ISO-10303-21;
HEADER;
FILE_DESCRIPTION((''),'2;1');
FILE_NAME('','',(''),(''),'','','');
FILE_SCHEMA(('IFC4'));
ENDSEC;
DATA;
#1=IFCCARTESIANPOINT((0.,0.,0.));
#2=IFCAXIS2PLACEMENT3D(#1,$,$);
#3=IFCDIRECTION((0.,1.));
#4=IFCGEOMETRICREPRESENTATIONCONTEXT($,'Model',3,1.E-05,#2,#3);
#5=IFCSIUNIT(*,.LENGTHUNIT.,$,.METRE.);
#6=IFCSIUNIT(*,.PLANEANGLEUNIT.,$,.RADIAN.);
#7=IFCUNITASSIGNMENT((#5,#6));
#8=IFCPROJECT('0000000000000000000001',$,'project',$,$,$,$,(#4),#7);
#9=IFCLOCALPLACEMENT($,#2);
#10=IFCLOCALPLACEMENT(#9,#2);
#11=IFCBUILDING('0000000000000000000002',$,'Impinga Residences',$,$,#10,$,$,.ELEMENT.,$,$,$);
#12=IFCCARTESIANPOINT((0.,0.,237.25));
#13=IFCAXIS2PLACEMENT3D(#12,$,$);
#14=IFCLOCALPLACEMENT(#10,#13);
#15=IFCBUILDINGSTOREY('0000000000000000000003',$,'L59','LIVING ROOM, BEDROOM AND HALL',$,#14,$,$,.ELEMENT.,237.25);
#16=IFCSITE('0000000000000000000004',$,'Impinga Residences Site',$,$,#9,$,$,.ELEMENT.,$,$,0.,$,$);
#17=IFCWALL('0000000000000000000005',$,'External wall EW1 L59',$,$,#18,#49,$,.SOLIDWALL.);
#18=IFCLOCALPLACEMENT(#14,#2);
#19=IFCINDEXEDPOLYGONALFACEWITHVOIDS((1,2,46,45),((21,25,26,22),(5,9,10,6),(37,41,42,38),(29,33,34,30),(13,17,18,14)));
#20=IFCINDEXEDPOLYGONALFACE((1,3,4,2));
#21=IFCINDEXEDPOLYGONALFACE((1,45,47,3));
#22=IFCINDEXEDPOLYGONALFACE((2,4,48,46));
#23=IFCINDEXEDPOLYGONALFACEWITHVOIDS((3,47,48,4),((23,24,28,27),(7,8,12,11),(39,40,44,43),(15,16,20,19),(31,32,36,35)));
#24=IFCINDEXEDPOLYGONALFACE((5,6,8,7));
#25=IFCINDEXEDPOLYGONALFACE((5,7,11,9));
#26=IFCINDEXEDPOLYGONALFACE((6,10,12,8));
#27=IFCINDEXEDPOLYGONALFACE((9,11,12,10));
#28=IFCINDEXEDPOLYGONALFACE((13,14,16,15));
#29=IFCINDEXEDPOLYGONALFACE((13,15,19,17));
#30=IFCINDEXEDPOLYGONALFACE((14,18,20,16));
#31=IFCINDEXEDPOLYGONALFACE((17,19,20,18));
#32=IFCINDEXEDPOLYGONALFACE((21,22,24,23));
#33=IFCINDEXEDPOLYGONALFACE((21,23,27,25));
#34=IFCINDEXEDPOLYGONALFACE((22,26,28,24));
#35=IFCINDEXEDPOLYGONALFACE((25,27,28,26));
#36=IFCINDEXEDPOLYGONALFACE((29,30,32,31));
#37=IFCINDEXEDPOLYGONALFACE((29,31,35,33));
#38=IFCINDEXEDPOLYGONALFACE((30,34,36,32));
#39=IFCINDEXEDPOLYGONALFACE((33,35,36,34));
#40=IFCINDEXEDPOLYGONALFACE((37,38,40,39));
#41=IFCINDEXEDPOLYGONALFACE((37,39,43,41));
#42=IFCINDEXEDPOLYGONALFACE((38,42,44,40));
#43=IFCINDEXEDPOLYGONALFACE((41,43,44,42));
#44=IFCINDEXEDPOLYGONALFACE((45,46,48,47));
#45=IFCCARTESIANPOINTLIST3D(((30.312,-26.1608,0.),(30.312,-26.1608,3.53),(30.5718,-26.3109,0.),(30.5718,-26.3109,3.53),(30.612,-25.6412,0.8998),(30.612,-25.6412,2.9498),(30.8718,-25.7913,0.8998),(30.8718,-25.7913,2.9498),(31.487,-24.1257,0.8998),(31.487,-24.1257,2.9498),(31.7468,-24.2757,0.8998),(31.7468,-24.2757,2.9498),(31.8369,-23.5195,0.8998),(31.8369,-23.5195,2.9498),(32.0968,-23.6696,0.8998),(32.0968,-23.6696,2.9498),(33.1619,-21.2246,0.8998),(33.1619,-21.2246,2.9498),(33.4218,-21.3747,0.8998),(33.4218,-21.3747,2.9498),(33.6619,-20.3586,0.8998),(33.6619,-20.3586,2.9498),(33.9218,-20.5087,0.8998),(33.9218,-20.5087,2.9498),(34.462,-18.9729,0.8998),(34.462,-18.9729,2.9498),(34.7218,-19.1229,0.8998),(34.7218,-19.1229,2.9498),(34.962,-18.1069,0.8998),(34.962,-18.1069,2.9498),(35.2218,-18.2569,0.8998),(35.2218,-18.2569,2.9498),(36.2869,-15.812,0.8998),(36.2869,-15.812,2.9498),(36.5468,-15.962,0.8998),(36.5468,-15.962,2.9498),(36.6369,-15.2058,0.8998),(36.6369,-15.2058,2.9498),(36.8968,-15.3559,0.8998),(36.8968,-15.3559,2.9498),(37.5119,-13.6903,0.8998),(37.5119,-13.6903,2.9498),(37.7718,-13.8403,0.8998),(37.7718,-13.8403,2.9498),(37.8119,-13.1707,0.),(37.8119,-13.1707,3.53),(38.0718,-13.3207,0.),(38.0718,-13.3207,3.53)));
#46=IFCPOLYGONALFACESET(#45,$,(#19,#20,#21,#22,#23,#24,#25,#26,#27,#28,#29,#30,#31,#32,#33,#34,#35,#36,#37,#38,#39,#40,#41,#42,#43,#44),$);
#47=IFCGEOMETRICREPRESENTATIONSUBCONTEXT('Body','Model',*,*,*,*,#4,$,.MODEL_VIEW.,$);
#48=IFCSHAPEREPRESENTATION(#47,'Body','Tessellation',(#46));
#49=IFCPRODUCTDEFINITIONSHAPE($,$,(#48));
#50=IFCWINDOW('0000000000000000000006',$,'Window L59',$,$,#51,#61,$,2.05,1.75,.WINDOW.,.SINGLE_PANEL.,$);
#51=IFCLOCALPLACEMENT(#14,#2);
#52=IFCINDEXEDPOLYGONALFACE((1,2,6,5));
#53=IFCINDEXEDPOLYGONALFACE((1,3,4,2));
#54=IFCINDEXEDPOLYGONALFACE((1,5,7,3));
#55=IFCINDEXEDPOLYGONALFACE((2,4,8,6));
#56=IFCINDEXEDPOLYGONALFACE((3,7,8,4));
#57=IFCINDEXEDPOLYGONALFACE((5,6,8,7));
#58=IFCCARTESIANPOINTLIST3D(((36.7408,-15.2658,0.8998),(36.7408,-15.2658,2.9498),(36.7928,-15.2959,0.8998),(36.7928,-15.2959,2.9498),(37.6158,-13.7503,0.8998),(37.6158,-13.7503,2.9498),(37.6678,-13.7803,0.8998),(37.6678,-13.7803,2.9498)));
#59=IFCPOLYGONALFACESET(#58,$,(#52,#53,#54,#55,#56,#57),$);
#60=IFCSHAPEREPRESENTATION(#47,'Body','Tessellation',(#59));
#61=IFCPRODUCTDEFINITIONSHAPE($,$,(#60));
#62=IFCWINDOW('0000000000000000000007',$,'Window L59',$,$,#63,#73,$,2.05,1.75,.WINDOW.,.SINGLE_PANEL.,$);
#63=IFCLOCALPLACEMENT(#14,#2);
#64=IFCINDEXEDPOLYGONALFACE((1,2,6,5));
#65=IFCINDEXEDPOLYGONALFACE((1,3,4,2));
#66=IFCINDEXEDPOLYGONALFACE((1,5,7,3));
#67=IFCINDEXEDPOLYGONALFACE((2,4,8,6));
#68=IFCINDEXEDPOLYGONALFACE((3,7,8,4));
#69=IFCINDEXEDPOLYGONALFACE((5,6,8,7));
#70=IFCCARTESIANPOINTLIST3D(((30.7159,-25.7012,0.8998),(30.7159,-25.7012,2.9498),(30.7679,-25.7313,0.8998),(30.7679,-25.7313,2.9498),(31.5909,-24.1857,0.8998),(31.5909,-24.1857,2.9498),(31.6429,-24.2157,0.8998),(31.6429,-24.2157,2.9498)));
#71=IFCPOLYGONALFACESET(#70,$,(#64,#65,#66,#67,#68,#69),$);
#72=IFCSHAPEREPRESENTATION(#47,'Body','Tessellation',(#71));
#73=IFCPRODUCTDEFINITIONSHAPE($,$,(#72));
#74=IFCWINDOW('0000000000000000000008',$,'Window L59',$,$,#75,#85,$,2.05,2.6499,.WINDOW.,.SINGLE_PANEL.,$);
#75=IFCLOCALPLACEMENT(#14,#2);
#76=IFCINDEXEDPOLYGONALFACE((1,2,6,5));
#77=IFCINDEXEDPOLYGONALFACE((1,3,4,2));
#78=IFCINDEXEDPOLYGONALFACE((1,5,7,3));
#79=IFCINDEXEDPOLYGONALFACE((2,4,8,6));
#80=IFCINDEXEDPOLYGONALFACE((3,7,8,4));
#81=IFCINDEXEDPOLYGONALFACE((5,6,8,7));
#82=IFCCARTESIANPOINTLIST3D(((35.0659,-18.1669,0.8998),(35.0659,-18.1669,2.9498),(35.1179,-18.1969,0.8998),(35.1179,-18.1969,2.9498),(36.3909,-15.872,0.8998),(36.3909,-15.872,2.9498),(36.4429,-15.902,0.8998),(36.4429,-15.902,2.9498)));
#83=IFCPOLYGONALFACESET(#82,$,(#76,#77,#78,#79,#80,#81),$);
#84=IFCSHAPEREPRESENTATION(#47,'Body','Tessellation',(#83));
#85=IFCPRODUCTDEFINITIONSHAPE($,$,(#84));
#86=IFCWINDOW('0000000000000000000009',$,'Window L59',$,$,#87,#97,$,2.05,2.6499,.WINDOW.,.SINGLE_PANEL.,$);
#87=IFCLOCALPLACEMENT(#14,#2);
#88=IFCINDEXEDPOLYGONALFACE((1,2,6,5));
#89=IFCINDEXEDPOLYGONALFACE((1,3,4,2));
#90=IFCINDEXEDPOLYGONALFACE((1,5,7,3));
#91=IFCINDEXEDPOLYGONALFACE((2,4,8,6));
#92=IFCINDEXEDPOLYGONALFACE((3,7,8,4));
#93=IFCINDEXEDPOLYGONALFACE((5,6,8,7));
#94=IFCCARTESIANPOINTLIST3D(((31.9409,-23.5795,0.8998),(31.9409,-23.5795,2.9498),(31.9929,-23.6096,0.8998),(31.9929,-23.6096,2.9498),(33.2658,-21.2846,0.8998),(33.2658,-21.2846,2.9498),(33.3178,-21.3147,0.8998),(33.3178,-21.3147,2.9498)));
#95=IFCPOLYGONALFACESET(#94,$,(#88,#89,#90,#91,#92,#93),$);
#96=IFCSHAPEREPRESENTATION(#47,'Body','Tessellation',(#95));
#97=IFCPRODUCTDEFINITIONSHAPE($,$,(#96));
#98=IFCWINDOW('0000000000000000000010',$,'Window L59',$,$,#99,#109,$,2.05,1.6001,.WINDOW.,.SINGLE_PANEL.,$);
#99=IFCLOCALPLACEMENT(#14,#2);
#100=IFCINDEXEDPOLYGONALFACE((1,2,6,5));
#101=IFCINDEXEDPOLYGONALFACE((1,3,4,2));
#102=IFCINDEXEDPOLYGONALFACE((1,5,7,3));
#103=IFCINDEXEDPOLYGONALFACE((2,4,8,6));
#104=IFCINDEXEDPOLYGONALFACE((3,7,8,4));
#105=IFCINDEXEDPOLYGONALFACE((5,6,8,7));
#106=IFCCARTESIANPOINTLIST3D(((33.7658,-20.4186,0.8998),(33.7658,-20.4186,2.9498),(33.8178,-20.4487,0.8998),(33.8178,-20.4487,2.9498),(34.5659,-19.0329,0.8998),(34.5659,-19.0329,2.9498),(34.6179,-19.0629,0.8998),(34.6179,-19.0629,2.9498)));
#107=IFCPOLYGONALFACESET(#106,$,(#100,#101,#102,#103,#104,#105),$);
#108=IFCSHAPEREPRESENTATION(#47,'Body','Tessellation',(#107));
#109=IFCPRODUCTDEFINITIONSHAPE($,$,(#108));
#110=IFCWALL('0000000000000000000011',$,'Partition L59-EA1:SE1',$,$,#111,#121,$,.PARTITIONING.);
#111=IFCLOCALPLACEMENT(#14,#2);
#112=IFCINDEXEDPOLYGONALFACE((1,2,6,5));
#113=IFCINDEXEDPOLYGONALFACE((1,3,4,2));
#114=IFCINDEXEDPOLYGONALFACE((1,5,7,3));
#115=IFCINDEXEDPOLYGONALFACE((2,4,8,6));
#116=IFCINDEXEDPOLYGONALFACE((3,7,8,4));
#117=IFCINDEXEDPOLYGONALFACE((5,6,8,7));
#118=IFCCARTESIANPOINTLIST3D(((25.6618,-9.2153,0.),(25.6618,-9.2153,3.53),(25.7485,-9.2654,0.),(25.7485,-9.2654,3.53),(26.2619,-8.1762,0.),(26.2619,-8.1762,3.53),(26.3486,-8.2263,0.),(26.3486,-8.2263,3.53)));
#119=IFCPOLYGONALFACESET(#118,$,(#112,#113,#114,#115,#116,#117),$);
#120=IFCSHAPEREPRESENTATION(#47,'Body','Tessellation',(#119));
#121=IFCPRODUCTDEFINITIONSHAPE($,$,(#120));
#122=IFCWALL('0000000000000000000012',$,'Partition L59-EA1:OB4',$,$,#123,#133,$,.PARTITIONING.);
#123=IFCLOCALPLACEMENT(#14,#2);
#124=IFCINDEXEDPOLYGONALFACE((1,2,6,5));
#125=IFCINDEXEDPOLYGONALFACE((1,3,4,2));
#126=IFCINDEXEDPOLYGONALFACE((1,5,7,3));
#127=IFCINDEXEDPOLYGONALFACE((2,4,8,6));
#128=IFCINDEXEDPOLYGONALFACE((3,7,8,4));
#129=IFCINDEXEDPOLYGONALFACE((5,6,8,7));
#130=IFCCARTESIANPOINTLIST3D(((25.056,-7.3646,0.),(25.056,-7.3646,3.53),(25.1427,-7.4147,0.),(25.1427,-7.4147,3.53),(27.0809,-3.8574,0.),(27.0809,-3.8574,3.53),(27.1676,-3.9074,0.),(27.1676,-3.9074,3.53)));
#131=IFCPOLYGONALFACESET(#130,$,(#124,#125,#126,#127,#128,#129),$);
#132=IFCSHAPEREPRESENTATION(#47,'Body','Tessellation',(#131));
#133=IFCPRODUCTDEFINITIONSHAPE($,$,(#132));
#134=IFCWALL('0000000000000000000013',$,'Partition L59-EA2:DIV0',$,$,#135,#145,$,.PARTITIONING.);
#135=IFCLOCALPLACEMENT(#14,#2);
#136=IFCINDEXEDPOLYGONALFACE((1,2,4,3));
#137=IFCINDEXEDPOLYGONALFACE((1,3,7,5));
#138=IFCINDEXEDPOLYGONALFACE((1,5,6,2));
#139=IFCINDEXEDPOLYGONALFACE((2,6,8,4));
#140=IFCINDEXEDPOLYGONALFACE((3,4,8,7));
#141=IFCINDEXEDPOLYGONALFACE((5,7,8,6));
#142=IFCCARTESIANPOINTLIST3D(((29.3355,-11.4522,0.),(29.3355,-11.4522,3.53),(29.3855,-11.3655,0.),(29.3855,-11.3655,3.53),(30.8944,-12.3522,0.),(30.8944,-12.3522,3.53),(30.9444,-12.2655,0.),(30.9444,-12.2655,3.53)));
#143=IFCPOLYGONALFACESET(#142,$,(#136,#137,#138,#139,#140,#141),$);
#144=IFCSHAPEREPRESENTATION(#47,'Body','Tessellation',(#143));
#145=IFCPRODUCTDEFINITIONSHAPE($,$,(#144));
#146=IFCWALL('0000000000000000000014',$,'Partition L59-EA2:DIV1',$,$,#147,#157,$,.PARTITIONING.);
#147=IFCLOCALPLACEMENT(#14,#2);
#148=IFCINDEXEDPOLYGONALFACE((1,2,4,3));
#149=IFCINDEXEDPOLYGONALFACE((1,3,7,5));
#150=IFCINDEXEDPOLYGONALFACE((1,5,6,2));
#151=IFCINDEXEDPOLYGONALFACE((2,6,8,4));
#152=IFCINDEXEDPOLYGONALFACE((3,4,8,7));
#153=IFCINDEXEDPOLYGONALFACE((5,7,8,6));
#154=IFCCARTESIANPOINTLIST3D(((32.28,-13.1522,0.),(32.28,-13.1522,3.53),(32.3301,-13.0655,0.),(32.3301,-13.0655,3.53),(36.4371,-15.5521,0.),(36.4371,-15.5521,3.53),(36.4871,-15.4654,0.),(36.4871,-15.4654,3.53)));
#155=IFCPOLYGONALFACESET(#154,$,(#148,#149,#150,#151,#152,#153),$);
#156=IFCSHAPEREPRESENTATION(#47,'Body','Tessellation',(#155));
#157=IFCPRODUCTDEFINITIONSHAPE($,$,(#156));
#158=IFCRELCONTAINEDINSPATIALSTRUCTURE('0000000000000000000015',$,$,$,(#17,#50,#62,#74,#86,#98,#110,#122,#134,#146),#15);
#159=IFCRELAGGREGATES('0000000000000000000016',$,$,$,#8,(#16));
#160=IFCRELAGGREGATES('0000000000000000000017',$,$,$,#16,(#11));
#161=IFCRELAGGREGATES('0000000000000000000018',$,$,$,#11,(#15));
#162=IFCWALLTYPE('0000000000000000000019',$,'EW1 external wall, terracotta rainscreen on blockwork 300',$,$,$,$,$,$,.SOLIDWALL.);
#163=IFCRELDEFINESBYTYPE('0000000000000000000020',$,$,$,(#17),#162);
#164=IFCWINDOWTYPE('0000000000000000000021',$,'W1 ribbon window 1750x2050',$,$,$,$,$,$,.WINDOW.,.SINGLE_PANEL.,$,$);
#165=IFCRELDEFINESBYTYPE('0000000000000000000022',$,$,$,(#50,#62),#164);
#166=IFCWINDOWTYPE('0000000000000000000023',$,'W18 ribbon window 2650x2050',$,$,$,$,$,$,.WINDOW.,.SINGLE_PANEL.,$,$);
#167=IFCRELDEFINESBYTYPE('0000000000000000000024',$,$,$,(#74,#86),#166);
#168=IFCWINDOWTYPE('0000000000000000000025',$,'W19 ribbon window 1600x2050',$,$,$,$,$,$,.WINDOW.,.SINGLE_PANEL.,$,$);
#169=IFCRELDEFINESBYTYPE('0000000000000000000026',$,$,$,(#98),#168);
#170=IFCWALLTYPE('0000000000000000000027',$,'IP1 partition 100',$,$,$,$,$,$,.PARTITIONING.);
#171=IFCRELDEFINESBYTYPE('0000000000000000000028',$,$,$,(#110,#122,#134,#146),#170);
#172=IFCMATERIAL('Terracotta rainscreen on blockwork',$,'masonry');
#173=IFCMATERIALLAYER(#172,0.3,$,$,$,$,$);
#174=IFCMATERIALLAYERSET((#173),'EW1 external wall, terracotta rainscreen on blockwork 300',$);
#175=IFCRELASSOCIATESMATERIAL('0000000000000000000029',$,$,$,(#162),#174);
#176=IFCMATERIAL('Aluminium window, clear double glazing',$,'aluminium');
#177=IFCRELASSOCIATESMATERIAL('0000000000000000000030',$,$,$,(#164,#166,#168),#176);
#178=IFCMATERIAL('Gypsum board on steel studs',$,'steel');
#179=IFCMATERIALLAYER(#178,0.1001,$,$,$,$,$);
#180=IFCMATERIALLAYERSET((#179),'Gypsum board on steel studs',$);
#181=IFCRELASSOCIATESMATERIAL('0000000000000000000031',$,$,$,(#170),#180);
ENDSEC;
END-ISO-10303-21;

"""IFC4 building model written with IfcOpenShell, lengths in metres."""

from ifc_helpers import new_model, si_unit, direction, frame, frame_2d, origin, place, context, subcontext, project, spatial, rectangle, extrude, material, layer, layer_set, type_object, element, fill, save


model = new_model("IFC4")

# Units and contexts
model_context = context("Model", 3, precision=1e-05, world=origin(), true_north=direction((0.0, 1.0)))
body_context = subcontext(model_context, "Body", "Model", "MODEL_VIEW")
ifc_project = project(units=[si_unit("LENGTHUNIT", "METRE"), si_unit("PLANEANGLEUNIT", "RADIAN")], contexts=[model_context])

# Site, building, storey
site_placement = place(None, origin())
site = spatial("IfcSite", under=ifc_project, at=site_placement, Name="Impinga Residences Site", CompositionType="ELEMENT", RefElevation=0.0)
building_placement = place(site_placement, origin())
building = spatial("IfcBuilding", under=site, at=building_placement, Name="Impinga Residences", CompositionType="ELEMENT")
storey_placement = place(building_placement, frame((0.0, 0.0, 237.25)))
storey = spatial("IfcBuildingStorey", under=building, at=storey_placement, Name="L59", Description="LIVING ROOM, BEDROOM AND HALL", CompositionType="ELEMENT", Elevation=237.25)

# Shared definitions
ifc_material_1 = material(Name="Terracotta rainscreen on blockwork", Category="masonry")
ifc_layer_1 = layer(ifc_material_1, 0.3)
ifc_layer_set_1 = layer_set([ifc_layer_1], Name="EW1 external wall, terracotta rainscreen on blockwork 300")
wall_type_1 = type_object("IfcWallType", Name="EW1 external wall, terracotta rainscreen on blockwork 300", PredefinedType="SOLIDWALL", material=ifc_layer_set_1)

# Wall, openings, windows
wall_1_placement = place(storey_placement, frame((37.9419, -13.2456, 0.0), z_axis=(0.0, 0.0, 1.0), x_axis=(-0.500004, -0.866023, 0.0)))
wall_1 = element("IfcWall", 1, at=wall_1_placement, inside=storey, type_object=wall_type_1, Name="External wall EW1 L59", PredefinedType="SOLIDWALL", context=body_context, shape_type="SweptSolid", body=[
    extrude(rectangle(XDim=14.9998, YDim=0.3, at=frame_2d((7.5, 0.0))), origin(), (0.0, 0.0, 1.0), 3.53),
])
opening_1_placement = place(wall_1_placement, frame((0.6001, 0.0, 0.8999)))
opening_1 = element("IfcOpeningElement", 2, at=opening_1_placement, cuts=wall_1, PredefinedType="OPENING", context=body_context, shape_type="SweptSolid", body=[
    extrude(rectangle(XDim=1.75, YDim=2.05, at=frame_2d((0.875, 1.0249))), frame((0.0, 0.1599, 0.0), z_axis=(0.0, -1.0, 0.0), x_axis=(1.0, 0.0, 0.0)), (0.0, 0.0, 1.0), 0.3201),
])
opening_2_placement = place(wall_1_placement, frame((3.05, 0.0, 0.8999)))
opening_2 = element("IfcOpeningElement", 3, at=opening_2_placement, cuts=wall_1, PredefinedType="OPENING", context=body_context, shape_type="SweptSolid", body=[
    extrude(rectangle(XDim=2.6499, YDim=2.05, at=frame_2d((1.325, 1.0249))), frame((0.0, 0.1599, 0.0), z_axis=(0.0, -1.0, 0.0), x_axis=(1.0, 0.0, 0.0)), (0.0, 0.0, 1.0), 0.3201),
])
opening_3_placement = place(wall_1_placement, frame((6.7, 0.0, 0.8999)))
opening_3 = element("IfcOpeningElement", 4, at=opening_3_placement, cuts=wall_1, PredefinedType="OPENING", context=body_context, shape_type="SweptSolid", body=[
    extrude(rectangle(XDim=1.6001, YDim=2.05, at=frame_2d((0.8, 1.0249))), frame((0.0, 0.1599, 0.0), z_axis=(0.0, -1.0, 0.0), x_axis=(1.0, 0.0, 0.0)), (0.0, 0.0, 1.0), 0.3201),
])
opening_4_placement = place(wall_1_placement, frame((9.3, 0.0, 0.8999)))
opening_4 = element("IfcOpeningElement", 5, at=opening_4_placement, cuts=wall_1, PredefinedType="OPENING", context=body_context, shape_type="SweptSolid", body=[
    extrude(rectangle(XDim=2.6499, YDim=2.05, at=frame_2d((1.325, 1.0249))), frame((0.0, 0.1599, 0.0), z_axis=(0.0, -1.0, 0.0), x_axis=(1.0, 0.0, 0.0)), (0.0, 0.0, 1.0), 0.3201),
])
opening_5_placement = place(wall_1_placement, frame((12.6499, 0.0, 0.8999)))
opening_5 = element("IfcOpeningElement", 6, at=opening_5_placement, cuts=wall_1, PredefinedType="OPENING", context=body_context, shape_type="SweptSolid", body=[
    extrude(rectangle(XDim=1.75, YDim=2.05, at=frame_2d((0.875, 1.0249))), frame((0.0, 0.1599, 0.0), z_axis=(0.0, -1.0, 0.0), x_axis=(1.0, 0.0, 0.0)), (0.0, 0.0, 1.0), 0.3201),
])
ifc_material_2 = material(Name="Aluminium window, clear double glazing", Category="aluminium")
window_type_1 = type_object("IfcWindowType", Name="W1 ribbon window 1750x2050", PartitioningType="SINGLE_PANEL", PredefinedType="WINDOW", material=ifc_material_2)
window_1_placement = place(opening_1_placement, origin())
window_1 = element("IfcWindow", 7, at=window_1_placement, inside=storey, type_object=window_type_1, Name="Window L59", OverallHeight=2.05, OverallWidth=1.75, PartitioningType="SINGLE_PANEL", PredefinedType="WINDOW", context=body_context, shape_type="SweptSolid", body=[
    extrude(rectangle(XDim=1.75, YDim=2.05, at=frame_2d((0.875, 1.0249))), frame((0.0, 0.03, 0.0), z_axis=(0.0, -1.0, 0.0), x_axis=(1.0, 0.0, 0.0)), (0.0, 0.0, 1.0), 0.0601),
])
fill(opening_1, window_1)
window_2_placement = place(opening_5_placement, origin())
window_2 = element("IfcWindow", 8, at=window_2_placement, inside=storey, type_object=window_type_1, Name="Window L59", OverallHeight=2.05, OverallWidth=1.75, PartitioningType="SINGLE_PANEL", PredefinedType="WINDOW", context=body_context, shape_type="SweptSolid", body=[
    extrude(rectangle(XDim=1.75, YDim=2.05, at=frame_2d((0.875, 1.0249))), frame((0.0, 0.03, 0.0), z_axis=(0.0, -1.0, 0.0), x_axis=(1.0, 0.0, 0.0)), (0.0, 0.0, 1.0), 0.0601),
])
fill(opening_5, window_2)
window_type_2 = type_object("IfcWindowType", Name="W18 ribbon window 2650x2050", PartitioningType="SINGLE_PANEL", PredefinedType="WINDOW", material=ifc_material_2)
window_3_placement = place(opening_2_placement, origin())
window_3 = element("IfcWindow", 9, at=window_3_placement, inside=storey, type_object=window_type_2, Name="Window L59", OverallHeight=2.05, OverallWidth=2.6499, PartitioningType="SINGLE_PANEL", PredefinedType="WINDOW", context=body_context, shape_type="SweptSolid", body=[
    extrude(rectangle(XDim=2.6499, YDim=2.05, at=frame_2d((1.325, 1.0249))), frame((0.0, 0.03, 0.0), z_axis=(0.0, -1.0, 0.0), x_axis=(1.0, 0.0, 0.0)), (0.0, 0.0, 1.0), 0.0601),
])
fill(opening_2, window_3)
window_4_placement = place(opening_4_placement, origin())
window_4 = element("IfcWindow", 10, at=window_4_placement, inside=storey, type_object=window_type_2, Name="Window L59", OverallHeight=2.05, OverallWidth=2.6499, PartitioningType="SINGLE_PANEL", PredefinedType="WINDOW", context=body_context, shape_type="SweptSolid", body=[
    extrude(rectangle(XDim=2.6499, YDim=2.05, at=frame_2d((1.325, 1.0249))), frame((0.0, 0.03, 0.0), z_axis=(0.0, -1.0, 0.0), x_axis=(1.0, 0.0, 0.0)), (0.0, 0.0, 1.0), 0.0601),
])
fill(opening_4, window_4)
window_type_3 = type_object("IfcWindowType", Name="W19 ribbon window 1600x2050", PartitioningType="SINGLE_PANEL", PredefinedType="WINDOW", material=ifc_material_2)
window_5_placement = place(opening_3_placement, origin())
window_5 = element("IfcWindow", 11, at=window_5_placement, inside=storey, type_object=window_type_3, Name="Window L59", OverallHeight=2.05, OverallWidth=1.6001, PartitioningType="SINGLE_PANEL", PredefinedType="WINDOW", context=body_context, shape_type="SweptSolid", body=[
    extrude(rectangle(XDim=1.6001, YDim=2.05, at=frame_2d((0.8, 1.0249))), frame((0.0, 0.03, 0.0), z_axis=(0.0, -1.0, 0.0), x_axis=(1.0, 0.0, 0.0)), (0.0, 0.0, 1.0), 0.0601),
])
fill(opening_3, window_5)

# Walls
ifc_material_3 = material(Name="Gypsum board on steel studs", Category="steel")
ifc_layer_2 = layer(ifc_material_3, 0.1001)
ifc_layer_set_2 = layer_set([ifc_layer_2], Name="Gypsum board on steel studs")
wall_type_2 = type_object("IfcWallType", Name="IP1 partition 100", PredefinedType="PARTITIONING", material=ifc_layer_set_2)
wall_2_placement = place(storey_placement, frame((25.7051, -9.2405, 0.0), z_axis=(0.0, 0.0, 1.0), x_axis=(0.500122, 0.865955, 0.0)))
element("IfcWall", 12, at=wall_2_placement, inside=storey, type_object=wall_type_2, Name="Partition L59-EA1:SE1", PredefinedType="PARTITIONING", context=body_context, shape_type="SweptSolid", body=[
    extrude(rectangle(XDim=1.2, YDim=0.1001, at=frame_2d((0.6001, 0.0))), origin(), (0.0, 0.0, 1.0), 3.53),
])
wall_3_placement = place(storey_placement, frame((25.0994, -7.3896, 0.0), z_axis=(0.0, 0.0, 1.0), x_axis=(0.49999, 0.866031, 0.0)))
element("IfcWall", 13, at=wall_3_placement, inside=storey, type_object=wall_type_2, Name="Partition L59-EA1:OB4", PredefinedType="PARTITIONING", context=body_context, shape_type="SweptSolid", body=[
    extrude(rectangle(XDim=4.0498, YDim=0.1001, at=frame_2d((2.0249, 0.0))), origin(), (0.0, 0.0, 1.0), 3.53),
])
wall_4_placement = place(storey_placement, frame((29.3606, -11.4089, 0.0), z_axis=(0.0, 0.0, 1.0), x_axis=(0.866048, -0.499961, 0.0)))
element("IfcWall", 14, at=wall_4_placement, inside=storey, type_object=wall_type_2, Name="Partition L59-EA2:DIV0", PredefinedType="PARTITIONING", context=body_context, shape_type="SweptSolid", body=[
    extrude(rectangle(XDim=1.8, YDim=0.1001, at=frame_2d((0.8999, 0.0))), origin(), (0.0, 0.0, 1.0), 3.53),
])
wall_5_placement = place(storey_placement, frame((32.3052, -13.1089, 0.0), z_axis=(0.0, 0.0, 1.0), x_axis=(0.866037, -0.499979, 0.0)))
element("IfcWall", 15, at=wall_5_placement, inside=storey, type_object=wall_type_2, Name="Partition L59-EA2:DIV1", PredefinedType="PARTITIONING", context=body_context, shape_type="SweptSolid", body=[
    extrude(rectangle(XDim=4.8, YDim=0.1001, at=frame_2d((2.3999, 0.0))), origin(), (0.0, 0.0, 1.0), 3.53),
])

save(model, "model.ifc")
